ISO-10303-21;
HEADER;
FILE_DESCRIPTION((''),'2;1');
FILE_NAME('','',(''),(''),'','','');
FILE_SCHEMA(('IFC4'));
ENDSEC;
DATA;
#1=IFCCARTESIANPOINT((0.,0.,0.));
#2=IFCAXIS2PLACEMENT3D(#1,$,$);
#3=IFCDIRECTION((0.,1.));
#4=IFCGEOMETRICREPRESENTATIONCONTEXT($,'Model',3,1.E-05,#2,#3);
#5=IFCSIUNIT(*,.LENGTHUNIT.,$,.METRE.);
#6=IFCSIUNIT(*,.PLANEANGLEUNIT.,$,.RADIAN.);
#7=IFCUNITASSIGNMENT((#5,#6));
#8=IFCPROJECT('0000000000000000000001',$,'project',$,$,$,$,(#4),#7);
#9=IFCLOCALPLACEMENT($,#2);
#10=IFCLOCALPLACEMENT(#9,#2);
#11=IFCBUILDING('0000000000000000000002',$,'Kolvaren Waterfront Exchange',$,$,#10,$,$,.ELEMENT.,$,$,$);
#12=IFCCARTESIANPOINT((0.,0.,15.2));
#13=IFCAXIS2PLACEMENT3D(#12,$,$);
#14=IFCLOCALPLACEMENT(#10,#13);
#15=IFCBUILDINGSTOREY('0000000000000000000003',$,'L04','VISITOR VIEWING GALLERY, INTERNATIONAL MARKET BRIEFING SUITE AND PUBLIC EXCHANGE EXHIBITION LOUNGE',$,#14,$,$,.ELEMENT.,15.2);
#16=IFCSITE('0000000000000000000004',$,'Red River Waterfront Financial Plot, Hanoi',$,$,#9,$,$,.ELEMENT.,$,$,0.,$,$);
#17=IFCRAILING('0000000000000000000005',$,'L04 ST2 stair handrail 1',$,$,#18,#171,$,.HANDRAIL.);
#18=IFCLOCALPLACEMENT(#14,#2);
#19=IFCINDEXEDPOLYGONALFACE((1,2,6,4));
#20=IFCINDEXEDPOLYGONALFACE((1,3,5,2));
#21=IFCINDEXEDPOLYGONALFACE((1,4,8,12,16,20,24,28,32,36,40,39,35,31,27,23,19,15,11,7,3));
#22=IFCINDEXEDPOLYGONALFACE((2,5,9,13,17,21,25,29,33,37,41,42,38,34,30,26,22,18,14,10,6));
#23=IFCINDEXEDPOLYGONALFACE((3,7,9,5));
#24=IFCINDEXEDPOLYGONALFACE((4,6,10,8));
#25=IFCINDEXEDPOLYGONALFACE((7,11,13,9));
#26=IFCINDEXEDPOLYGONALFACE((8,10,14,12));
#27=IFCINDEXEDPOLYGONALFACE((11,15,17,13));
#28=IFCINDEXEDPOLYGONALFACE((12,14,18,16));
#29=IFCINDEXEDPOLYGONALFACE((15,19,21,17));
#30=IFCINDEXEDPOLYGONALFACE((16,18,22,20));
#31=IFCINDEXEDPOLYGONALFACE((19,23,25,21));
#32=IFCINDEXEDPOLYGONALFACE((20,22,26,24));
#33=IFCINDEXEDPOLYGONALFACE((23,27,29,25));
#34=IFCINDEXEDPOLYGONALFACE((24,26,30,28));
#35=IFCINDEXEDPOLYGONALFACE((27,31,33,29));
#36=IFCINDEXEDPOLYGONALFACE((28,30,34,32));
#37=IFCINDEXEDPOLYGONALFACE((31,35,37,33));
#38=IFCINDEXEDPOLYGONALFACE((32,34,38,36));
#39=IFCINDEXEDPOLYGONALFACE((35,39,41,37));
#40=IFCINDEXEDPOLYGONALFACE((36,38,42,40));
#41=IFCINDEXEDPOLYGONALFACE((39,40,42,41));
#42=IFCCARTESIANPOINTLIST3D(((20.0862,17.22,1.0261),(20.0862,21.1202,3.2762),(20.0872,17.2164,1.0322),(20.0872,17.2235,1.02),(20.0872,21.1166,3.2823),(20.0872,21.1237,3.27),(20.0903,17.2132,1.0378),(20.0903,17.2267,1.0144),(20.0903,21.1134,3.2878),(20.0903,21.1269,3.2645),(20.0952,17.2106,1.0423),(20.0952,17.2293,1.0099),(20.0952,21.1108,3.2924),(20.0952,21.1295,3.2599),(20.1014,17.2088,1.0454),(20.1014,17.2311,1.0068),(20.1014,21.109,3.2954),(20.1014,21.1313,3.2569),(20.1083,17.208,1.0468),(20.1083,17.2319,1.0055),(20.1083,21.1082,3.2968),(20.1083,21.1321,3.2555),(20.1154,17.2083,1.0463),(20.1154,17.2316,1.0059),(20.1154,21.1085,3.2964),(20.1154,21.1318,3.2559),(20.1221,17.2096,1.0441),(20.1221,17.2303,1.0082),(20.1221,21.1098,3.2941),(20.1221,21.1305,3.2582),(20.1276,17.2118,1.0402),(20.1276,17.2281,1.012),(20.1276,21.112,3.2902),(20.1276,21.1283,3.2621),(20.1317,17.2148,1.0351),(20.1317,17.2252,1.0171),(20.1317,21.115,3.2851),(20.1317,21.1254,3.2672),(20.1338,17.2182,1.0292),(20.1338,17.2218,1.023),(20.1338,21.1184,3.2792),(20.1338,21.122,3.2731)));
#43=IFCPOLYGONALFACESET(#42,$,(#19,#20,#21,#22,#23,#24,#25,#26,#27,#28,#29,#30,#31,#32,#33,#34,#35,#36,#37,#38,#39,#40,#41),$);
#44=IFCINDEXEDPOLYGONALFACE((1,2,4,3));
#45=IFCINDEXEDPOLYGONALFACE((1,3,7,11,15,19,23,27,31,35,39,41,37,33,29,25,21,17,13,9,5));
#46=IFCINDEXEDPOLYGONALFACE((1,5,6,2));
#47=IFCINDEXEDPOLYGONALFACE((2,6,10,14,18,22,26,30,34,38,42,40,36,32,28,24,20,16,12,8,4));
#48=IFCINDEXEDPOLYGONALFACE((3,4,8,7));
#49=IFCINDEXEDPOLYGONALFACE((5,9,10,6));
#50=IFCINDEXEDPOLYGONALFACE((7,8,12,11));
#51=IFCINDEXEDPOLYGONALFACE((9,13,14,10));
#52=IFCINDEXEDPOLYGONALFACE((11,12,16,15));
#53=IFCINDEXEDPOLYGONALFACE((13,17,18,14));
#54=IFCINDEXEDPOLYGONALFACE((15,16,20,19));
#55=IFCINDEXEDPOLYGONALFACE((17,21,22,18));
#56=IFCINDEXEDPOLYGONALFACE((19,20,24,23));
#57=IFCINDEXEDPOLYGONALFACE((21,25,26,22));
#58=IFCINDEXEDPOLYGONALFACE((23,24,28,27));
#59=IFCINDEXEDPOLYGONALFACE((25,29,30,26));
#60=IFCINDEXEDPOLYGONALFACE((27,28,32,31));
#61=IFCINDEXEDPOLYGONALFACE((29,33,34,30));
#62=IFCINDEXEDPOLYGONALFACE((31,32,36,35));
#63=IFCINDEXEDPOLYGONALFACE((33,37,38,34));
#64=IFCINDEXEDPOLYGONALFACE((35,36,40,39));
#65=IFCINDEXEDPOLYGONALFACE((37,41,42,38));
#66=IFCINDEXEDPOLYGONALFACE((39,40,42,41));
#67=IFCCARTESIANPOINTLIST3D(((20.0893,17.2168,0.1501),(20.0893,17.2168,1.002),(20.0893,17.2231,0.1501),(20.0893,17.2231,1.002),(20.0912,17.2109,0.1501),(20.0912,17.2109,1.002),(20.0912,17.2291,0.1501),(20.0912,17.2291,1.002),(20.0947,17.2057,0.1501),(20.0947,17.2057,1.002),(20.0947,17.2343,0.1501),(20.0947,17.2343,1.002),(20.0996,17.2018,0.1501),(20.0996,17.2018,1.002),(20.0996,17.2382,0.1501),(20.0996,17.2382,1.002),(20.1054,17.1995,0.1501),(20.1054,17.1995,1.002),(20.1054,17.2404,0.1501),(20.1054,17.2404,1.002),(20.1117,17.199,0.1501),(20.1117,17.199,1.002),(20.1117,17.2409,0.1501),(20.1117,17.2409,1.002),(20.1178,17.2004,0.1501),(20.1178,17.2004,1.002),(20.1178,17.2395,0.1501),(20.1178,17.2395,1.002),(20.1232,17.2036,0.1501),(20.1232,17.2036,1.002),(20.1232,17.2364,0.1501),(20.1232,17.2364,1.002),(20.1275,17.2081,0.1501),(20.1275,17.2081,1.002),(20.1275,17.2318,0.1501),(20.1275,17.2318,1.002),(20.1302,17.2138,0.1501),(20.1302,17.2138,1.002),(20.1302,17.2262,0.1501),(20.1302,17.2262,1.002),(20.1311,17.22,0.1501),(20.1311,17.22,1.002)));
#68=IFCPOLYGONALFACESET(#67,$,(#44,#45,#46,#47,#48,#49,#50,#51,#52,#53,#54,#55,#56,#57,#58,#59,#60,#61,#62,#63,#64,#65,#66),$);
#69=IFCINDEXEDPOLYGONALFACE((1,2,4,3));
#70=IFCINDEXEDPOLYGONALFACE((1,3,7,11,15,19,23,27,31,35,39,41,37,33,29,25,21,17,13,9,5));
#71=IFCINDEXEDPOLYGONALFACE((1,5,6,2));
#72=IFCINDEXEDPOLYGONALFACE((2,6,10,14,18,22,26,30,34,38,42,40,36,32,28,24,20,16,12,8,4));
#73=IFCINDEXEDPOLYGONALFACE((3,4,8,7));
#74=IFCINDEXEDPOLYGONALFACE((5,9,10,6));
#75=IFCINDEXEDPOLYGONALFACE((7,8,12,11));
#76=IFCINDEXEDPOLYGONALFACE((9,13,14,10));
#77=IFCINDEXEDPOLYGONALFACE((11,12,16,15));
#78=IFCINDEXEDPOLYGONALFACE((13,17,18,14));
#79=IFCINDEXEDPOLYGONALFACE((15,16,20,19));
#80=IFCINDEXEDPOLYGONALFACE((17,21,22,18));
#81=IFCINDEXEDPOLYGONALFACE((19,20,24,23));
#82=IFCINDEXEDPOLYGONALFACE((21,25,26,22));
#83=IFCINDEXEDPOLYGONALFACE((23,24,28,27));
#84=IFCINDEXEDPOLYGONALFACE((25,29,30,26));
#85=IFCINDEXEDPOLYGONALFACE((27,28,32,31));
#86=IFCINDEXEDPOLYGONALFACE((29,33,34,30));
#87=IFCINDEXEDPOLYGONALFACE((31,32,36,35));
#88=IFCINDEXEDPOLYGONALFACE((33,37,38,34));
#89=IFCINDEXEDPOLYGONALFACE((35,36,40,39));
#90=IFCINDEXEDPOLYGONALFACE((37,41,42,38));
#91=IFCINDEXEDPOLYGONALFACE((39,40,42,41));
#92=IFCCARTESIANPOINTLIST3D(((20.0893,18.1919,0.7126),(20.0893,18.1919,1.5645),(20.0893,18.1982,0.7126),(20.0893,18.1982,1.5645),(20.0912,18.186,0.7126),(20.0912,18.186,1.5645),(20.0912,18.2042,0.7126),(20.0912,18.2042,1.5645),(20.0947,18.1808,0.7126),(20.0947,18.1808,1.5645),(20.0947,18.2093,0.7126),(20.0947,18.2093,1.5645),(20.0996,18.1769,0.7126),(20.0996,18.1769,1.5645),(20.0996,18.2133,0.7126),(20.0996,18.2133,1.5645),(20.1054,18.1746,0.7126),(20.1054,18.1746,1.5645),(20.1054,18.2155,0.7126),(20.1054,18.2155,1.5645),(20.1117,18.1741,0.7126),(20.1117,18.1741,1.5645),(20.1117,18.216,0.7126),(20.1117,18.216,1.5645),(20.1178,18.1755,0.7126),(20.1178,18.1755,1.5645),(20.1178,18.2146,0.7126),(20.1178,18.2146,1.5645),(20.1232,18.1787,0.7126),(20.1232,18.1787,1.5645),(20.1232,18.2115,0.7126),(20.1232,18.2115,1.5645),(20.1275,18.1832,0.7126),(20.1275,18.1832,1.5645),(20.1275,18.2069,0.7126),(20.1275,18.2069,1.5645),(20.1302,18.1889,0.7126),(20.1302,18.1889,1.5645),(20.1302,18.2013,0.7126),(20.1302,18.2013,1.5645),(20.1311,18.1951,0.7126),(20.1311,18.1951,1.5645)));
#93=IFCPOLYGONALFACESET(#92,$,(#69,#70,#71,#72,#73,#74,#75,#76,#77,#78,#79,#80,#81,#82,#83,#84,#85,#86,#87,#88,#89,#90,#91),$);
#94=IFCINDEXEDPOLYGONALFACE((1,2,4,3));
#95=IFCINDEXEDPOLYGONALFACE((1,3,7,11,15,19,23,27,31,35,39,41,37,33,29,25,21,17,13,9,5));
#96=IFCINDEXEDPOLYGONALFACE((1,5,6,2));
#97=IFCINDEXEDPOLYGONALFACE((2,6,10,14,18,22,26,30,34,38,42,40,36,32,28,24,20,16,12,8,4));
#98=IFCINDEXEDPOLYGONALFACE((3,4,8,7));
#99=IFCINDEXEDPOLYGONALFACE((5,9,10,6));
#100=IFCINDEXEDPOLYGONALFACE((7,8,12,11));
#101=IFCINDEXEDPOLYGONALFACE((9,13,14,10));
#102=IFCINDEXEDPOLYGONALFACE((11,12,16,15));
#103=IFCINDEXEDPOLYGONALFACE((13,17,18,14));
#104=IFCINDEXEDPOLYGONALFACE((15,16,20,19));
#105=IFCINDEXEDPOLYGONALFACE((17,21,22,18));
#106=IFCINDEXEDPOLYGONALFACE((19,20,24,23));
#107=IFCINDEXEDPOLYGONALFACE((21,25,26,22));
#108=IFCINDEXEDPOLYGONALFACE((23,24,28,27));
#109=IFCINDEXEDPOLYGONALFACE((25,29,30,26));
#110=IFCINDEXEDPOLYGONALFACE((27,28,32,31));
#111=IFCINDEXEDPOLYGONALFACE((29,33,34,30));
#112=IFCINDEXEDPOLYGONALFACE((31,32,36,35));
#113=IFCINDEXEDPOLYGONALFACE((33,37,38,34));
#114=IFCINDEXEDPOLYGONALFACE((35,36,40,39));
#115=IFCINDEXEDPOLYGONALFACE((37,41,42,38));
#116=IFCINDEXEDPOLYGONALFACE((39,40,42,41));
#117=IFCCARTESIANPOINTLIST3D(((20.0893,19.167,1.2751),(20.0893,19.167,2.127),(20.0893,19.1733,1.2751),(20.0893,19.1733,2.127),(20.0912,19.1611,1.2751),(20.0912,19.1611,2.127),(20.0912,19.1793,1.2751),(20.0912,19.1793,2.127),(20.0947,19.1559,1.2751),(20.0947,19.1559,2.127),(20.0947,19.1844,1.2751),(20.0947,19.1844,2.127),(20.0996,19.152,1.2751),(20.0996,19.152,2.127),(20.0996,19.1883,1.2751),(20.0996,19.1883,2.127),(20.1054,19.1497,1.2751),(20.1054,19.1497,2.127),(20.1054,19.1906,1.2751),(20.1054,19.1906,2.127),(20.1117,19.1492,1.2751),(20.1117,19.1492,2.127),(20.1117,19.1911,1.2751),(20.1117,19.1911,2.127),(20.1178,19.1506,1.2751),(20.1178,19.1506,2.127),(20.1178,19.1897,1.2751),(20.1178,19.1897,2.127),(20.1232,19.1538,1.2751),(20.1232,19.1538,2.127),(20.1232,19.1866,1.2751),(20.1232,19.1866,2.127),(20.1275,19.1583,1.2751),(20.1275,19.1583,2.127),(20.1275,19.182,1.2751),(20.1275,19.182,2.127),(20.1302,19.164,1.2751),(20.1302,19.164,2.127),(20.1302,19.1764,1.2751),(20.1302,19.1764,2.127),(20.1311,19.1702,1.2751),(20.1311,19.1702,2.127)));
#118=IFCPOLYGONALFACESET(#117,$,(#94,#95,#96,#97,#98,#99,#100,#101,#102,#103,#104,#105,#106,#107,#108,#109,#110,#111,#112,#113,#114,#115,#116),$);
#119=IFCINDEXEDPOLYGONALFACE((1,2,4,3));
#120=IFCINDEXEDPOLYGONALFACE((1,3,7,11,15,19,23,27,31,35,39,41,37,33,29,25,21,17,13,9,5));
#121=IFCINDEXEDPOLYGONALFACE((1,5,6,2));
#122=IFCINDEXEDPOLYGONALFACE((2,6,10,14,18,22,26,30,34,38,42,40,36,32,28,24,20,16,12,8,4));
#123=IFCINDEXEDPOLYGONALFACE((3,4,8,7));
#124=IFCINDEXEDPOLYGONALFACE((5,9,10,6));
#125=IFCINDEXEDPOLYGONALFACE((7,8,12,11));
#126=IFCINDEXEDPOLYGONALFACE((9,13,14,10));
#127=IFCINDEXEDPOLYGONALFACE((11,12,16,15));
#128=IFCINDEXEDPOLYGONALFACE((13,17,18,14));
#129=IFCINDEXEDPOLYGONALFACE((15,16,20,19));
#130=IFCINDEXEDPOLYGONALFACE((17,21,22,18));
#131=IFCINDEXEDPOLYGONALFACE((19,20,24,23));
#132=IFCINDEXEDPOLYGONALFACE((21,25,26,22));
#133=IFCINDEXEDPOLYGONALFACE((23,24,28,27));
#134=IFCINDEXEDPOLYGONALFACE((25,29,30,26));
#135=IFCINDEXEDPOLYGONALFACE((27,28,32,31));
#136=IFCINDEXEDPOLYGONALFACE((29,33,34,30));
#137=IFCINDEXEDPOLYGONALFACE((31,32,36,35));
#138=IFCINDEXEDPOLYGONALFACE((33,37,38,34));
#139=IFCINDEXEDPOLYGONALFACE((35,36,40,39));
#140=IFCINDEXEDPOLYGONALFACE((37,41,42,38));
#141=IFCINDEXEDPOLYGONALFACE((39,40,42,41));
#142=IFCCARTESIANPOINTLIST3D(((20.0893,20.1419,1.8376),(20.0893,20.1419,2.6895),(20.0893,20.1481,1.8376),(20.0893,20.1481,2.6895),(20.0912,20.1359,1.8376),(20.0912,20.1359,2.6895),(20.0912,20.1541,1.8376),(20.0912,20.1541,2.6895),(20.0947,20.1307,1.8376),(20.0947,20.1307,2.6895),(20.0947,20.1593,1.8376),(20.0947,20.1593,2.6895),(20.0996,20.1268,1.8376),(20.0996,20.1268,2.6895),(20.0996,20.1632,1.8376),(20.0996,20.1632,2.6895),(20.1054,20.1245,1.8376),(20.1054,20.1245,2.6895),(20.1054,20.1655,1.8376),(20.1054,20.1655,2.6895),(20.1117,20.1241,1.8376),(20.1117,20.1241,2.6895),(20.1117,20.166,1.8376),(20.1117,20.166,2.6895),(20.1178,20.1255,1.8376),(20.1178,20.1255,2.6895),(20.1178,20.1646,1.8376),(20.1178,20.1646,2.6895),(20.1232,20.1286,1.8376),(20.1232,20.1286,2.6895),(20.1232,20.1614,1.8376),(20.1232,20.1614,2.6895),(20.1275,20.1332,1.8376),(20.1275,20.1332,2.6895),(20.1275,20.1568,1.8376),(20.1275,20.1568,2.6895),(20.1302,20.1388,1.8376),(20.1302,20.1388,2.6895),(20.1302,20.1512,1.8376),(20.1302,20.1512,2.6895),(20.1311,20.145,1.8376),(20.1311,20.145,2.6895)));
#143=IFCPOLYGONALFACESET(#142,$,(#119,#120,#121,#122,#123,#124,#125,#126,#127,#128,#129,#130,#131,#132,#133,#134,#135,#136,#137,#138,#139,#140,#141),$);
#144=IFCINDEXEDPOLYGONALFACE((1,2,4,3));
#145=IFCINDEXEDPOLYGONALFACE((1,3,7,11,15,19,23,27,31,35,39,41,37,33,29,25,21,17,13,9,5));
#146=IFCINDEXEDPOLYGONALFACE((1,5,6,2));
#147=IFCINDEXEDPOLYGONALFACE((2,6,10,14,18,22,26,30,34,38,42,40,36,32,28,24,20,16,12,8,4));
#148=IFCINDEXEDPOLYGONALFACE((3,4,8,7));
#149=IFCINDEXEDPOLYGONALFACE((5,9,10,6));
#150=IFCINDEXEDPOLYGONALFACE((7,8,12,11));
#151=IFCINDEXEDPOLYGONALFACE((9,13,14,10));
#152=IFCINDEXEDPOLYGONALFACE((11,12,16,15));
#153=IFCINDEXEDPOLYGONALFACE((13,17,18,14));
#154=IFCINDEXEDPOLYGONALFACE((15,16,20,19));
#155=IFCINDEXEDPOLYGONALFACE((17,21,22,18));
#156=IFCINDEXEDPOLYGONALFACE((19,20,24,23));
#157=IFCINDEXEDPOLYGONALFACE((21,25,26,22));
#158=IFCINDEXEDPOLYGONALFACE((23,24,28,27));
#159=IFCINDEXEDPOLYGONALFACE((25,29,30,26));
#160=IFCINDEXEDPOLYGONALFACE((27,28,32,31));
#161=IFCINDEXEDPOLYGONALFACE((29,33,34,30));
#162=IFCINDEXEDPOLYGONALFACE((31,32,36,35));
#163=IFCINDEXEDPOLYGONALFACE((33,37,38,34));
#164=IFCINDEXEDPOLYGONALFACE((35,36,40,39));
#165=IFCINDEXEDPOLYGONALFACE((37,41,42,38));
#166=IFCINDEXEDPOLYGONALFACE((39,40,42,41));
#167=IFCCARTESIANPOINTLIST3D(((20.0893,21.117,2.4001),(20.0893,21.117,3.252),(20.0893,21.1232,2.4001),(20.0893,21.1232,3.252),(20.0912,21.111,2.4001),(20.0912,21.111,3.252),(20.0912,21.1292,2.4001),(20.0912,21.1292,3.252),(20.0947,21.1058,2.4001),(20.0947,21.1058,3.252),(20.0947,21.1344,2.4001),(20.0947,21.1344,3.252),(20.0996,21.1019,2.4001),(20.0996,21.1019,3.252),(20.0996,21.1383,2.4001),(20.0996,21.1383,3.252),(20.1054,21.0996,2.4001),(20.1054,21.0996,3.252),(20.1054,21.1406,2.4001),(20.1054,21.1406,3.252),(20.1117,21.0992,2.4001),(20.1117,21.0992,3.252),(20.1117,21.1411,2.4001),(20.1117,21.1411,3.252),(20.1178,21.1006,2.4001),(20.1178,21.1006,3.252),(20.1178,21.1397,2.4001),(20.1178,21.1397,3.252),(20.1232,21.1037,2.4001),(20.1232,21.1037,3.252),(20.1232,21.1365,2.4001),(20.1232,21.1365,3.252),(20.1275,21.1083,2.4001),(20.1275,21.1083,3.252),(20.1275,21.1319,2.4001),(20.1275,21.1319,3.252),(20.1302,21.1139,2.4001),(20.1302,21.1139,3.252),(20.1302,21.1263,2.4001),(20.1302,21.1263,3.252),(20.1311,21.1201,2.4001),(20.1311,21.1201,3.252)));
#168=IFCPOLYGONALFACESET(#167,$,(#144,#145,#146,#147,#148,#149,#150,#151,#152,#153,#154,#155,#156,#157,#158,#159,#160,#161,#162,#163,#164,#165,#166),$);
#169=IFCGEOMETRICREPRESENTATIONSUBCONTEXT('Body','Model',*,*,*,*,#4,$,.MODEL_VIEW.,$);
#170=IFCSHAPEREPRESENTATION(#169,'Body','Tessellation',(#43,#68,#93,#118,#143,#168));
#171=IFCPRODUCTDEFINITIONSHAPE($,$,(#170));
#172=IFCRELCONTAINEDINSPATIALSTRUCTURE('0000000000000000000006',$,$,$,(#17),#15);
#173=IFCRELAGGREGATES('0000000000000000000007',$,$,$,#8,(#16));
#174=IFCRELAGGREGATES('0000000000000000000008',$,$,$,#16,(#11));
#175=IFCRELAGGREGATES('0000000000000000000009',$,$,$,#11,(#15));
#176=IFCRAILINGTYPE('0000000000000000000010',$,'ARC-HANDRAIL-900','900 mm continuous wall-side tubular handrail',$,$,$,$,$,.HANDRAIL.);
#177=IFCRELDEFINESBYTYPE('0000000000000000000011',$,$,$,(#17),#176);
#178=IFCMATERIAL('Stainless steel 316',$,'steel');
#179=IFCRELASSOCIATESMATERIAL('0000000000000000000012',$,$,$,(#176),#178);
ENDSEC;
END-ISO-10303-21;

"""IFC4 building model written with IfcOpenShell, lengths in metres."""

from ifc_helpers import new_model, si_unit, direction, frame, origin, origin_2d, place, context, subcontext, project, spatial, circle, extrude, material, type_object, element, save


model = new_model("IFC4")

# Units and contexts
model_context = context("Model", 3, precision=1e-05, world=origin(), true_north=direction((0.0, 1.0)))
body_context = subcontext(model_context, "Body", "Model", "MODEL_VIEW")
ifc_project = project(units=[si_unit("LENGTHUNIT", "METRE"), si_unit("PLANEANGLEUNIT", "RADIAN")], contexts=[model_context])

# Site, building, storey
site_placement = place(None, origin())
site = spatial("IfcSite", under=ifc_project, at=site_placement, Name="Red River Waterfront Financial Plot, Hanoi", CompositionType="ELEMENT", RefElevation=0.0)
building_placement = place(site_placement, origin())
building = spatial("IfcBuilding", under=site, at=building_placement, Name="Kolvaren Waterfront Exchange", CompositionType="ELEMENT")
storey_placement = place(building_placement, frame((0.0, 0.0, 15.2)))
storey = spatial("IfcBuildingStorey", under=building, at=storey_placement, Name="L04", Description="VISITOR VIEWING GALLERY, INTERNATIONAL MARKET BRIEFING SUITE AND PUBLIC EXCHANGE EXHIBITION LOUNGE", CompositionType="ELEMENT", Elevation=15.2)

# Railing
ifc_material_1 = material(Name="Stainless steel 316", Category="steel")
railing_type_1 = type_object("IfcRailingType", Name="ARC-HANDRAIL-900", Description="900 mm continuous wall-side tubular handrail", PredefinedType="HANDRAIL", material=ifc_material_1)
railing_1_placement = place(storey_placement, frame((20.1101, 17.22, 0.1501)))
element("IfcRailing", 1, at=railing_1_placement, inside=storey, type_object=railing_type_1, Name="L04 ST2 stair handrail 1", PredefinedType="HANDRAIL", context=body_context, shape_type="SweptSolid", body=[
    extrude(circle(Radius=0.0239, at=origin_2d()), frame((0.0, 0.0, 0.876), z_axis=(0.0, 0.866194, 0.499708), x_axis=(-1.0, 0.0, 0.0)), (0.0, 0.0, 1.0), 4.5027),
    extrude(circle(Radius=0.021, at=origin_2d()), origin(), (0.0, 0.0, 1.0), 0.8518),
    extrude(circle(Radius=0.021, at=origin_2d()), frame((0.0, 0.9751, 0.5625)), (0.0, 0.0, 1.0), 0.8518),
    extrude(circle(Radius=0.021, at=origin_2d()), frame((0.0, 1.9502, 1.125)), (0.0, 0.0, 1.0), 0.8518),
    extrude(circle(Radius=0.021, at=origin_2d()), frame((0.0, 2.925, 1.6875)), (0.0, 0.0, 1.0), 0.8518),
    extrude(circle(Radius=0.021, at=origin_2d()), frame((0.0, 3.9001, 2.25)), (0.0, 0.0, 1.0), 0.8518),
])

save(model, "model.ifc")
